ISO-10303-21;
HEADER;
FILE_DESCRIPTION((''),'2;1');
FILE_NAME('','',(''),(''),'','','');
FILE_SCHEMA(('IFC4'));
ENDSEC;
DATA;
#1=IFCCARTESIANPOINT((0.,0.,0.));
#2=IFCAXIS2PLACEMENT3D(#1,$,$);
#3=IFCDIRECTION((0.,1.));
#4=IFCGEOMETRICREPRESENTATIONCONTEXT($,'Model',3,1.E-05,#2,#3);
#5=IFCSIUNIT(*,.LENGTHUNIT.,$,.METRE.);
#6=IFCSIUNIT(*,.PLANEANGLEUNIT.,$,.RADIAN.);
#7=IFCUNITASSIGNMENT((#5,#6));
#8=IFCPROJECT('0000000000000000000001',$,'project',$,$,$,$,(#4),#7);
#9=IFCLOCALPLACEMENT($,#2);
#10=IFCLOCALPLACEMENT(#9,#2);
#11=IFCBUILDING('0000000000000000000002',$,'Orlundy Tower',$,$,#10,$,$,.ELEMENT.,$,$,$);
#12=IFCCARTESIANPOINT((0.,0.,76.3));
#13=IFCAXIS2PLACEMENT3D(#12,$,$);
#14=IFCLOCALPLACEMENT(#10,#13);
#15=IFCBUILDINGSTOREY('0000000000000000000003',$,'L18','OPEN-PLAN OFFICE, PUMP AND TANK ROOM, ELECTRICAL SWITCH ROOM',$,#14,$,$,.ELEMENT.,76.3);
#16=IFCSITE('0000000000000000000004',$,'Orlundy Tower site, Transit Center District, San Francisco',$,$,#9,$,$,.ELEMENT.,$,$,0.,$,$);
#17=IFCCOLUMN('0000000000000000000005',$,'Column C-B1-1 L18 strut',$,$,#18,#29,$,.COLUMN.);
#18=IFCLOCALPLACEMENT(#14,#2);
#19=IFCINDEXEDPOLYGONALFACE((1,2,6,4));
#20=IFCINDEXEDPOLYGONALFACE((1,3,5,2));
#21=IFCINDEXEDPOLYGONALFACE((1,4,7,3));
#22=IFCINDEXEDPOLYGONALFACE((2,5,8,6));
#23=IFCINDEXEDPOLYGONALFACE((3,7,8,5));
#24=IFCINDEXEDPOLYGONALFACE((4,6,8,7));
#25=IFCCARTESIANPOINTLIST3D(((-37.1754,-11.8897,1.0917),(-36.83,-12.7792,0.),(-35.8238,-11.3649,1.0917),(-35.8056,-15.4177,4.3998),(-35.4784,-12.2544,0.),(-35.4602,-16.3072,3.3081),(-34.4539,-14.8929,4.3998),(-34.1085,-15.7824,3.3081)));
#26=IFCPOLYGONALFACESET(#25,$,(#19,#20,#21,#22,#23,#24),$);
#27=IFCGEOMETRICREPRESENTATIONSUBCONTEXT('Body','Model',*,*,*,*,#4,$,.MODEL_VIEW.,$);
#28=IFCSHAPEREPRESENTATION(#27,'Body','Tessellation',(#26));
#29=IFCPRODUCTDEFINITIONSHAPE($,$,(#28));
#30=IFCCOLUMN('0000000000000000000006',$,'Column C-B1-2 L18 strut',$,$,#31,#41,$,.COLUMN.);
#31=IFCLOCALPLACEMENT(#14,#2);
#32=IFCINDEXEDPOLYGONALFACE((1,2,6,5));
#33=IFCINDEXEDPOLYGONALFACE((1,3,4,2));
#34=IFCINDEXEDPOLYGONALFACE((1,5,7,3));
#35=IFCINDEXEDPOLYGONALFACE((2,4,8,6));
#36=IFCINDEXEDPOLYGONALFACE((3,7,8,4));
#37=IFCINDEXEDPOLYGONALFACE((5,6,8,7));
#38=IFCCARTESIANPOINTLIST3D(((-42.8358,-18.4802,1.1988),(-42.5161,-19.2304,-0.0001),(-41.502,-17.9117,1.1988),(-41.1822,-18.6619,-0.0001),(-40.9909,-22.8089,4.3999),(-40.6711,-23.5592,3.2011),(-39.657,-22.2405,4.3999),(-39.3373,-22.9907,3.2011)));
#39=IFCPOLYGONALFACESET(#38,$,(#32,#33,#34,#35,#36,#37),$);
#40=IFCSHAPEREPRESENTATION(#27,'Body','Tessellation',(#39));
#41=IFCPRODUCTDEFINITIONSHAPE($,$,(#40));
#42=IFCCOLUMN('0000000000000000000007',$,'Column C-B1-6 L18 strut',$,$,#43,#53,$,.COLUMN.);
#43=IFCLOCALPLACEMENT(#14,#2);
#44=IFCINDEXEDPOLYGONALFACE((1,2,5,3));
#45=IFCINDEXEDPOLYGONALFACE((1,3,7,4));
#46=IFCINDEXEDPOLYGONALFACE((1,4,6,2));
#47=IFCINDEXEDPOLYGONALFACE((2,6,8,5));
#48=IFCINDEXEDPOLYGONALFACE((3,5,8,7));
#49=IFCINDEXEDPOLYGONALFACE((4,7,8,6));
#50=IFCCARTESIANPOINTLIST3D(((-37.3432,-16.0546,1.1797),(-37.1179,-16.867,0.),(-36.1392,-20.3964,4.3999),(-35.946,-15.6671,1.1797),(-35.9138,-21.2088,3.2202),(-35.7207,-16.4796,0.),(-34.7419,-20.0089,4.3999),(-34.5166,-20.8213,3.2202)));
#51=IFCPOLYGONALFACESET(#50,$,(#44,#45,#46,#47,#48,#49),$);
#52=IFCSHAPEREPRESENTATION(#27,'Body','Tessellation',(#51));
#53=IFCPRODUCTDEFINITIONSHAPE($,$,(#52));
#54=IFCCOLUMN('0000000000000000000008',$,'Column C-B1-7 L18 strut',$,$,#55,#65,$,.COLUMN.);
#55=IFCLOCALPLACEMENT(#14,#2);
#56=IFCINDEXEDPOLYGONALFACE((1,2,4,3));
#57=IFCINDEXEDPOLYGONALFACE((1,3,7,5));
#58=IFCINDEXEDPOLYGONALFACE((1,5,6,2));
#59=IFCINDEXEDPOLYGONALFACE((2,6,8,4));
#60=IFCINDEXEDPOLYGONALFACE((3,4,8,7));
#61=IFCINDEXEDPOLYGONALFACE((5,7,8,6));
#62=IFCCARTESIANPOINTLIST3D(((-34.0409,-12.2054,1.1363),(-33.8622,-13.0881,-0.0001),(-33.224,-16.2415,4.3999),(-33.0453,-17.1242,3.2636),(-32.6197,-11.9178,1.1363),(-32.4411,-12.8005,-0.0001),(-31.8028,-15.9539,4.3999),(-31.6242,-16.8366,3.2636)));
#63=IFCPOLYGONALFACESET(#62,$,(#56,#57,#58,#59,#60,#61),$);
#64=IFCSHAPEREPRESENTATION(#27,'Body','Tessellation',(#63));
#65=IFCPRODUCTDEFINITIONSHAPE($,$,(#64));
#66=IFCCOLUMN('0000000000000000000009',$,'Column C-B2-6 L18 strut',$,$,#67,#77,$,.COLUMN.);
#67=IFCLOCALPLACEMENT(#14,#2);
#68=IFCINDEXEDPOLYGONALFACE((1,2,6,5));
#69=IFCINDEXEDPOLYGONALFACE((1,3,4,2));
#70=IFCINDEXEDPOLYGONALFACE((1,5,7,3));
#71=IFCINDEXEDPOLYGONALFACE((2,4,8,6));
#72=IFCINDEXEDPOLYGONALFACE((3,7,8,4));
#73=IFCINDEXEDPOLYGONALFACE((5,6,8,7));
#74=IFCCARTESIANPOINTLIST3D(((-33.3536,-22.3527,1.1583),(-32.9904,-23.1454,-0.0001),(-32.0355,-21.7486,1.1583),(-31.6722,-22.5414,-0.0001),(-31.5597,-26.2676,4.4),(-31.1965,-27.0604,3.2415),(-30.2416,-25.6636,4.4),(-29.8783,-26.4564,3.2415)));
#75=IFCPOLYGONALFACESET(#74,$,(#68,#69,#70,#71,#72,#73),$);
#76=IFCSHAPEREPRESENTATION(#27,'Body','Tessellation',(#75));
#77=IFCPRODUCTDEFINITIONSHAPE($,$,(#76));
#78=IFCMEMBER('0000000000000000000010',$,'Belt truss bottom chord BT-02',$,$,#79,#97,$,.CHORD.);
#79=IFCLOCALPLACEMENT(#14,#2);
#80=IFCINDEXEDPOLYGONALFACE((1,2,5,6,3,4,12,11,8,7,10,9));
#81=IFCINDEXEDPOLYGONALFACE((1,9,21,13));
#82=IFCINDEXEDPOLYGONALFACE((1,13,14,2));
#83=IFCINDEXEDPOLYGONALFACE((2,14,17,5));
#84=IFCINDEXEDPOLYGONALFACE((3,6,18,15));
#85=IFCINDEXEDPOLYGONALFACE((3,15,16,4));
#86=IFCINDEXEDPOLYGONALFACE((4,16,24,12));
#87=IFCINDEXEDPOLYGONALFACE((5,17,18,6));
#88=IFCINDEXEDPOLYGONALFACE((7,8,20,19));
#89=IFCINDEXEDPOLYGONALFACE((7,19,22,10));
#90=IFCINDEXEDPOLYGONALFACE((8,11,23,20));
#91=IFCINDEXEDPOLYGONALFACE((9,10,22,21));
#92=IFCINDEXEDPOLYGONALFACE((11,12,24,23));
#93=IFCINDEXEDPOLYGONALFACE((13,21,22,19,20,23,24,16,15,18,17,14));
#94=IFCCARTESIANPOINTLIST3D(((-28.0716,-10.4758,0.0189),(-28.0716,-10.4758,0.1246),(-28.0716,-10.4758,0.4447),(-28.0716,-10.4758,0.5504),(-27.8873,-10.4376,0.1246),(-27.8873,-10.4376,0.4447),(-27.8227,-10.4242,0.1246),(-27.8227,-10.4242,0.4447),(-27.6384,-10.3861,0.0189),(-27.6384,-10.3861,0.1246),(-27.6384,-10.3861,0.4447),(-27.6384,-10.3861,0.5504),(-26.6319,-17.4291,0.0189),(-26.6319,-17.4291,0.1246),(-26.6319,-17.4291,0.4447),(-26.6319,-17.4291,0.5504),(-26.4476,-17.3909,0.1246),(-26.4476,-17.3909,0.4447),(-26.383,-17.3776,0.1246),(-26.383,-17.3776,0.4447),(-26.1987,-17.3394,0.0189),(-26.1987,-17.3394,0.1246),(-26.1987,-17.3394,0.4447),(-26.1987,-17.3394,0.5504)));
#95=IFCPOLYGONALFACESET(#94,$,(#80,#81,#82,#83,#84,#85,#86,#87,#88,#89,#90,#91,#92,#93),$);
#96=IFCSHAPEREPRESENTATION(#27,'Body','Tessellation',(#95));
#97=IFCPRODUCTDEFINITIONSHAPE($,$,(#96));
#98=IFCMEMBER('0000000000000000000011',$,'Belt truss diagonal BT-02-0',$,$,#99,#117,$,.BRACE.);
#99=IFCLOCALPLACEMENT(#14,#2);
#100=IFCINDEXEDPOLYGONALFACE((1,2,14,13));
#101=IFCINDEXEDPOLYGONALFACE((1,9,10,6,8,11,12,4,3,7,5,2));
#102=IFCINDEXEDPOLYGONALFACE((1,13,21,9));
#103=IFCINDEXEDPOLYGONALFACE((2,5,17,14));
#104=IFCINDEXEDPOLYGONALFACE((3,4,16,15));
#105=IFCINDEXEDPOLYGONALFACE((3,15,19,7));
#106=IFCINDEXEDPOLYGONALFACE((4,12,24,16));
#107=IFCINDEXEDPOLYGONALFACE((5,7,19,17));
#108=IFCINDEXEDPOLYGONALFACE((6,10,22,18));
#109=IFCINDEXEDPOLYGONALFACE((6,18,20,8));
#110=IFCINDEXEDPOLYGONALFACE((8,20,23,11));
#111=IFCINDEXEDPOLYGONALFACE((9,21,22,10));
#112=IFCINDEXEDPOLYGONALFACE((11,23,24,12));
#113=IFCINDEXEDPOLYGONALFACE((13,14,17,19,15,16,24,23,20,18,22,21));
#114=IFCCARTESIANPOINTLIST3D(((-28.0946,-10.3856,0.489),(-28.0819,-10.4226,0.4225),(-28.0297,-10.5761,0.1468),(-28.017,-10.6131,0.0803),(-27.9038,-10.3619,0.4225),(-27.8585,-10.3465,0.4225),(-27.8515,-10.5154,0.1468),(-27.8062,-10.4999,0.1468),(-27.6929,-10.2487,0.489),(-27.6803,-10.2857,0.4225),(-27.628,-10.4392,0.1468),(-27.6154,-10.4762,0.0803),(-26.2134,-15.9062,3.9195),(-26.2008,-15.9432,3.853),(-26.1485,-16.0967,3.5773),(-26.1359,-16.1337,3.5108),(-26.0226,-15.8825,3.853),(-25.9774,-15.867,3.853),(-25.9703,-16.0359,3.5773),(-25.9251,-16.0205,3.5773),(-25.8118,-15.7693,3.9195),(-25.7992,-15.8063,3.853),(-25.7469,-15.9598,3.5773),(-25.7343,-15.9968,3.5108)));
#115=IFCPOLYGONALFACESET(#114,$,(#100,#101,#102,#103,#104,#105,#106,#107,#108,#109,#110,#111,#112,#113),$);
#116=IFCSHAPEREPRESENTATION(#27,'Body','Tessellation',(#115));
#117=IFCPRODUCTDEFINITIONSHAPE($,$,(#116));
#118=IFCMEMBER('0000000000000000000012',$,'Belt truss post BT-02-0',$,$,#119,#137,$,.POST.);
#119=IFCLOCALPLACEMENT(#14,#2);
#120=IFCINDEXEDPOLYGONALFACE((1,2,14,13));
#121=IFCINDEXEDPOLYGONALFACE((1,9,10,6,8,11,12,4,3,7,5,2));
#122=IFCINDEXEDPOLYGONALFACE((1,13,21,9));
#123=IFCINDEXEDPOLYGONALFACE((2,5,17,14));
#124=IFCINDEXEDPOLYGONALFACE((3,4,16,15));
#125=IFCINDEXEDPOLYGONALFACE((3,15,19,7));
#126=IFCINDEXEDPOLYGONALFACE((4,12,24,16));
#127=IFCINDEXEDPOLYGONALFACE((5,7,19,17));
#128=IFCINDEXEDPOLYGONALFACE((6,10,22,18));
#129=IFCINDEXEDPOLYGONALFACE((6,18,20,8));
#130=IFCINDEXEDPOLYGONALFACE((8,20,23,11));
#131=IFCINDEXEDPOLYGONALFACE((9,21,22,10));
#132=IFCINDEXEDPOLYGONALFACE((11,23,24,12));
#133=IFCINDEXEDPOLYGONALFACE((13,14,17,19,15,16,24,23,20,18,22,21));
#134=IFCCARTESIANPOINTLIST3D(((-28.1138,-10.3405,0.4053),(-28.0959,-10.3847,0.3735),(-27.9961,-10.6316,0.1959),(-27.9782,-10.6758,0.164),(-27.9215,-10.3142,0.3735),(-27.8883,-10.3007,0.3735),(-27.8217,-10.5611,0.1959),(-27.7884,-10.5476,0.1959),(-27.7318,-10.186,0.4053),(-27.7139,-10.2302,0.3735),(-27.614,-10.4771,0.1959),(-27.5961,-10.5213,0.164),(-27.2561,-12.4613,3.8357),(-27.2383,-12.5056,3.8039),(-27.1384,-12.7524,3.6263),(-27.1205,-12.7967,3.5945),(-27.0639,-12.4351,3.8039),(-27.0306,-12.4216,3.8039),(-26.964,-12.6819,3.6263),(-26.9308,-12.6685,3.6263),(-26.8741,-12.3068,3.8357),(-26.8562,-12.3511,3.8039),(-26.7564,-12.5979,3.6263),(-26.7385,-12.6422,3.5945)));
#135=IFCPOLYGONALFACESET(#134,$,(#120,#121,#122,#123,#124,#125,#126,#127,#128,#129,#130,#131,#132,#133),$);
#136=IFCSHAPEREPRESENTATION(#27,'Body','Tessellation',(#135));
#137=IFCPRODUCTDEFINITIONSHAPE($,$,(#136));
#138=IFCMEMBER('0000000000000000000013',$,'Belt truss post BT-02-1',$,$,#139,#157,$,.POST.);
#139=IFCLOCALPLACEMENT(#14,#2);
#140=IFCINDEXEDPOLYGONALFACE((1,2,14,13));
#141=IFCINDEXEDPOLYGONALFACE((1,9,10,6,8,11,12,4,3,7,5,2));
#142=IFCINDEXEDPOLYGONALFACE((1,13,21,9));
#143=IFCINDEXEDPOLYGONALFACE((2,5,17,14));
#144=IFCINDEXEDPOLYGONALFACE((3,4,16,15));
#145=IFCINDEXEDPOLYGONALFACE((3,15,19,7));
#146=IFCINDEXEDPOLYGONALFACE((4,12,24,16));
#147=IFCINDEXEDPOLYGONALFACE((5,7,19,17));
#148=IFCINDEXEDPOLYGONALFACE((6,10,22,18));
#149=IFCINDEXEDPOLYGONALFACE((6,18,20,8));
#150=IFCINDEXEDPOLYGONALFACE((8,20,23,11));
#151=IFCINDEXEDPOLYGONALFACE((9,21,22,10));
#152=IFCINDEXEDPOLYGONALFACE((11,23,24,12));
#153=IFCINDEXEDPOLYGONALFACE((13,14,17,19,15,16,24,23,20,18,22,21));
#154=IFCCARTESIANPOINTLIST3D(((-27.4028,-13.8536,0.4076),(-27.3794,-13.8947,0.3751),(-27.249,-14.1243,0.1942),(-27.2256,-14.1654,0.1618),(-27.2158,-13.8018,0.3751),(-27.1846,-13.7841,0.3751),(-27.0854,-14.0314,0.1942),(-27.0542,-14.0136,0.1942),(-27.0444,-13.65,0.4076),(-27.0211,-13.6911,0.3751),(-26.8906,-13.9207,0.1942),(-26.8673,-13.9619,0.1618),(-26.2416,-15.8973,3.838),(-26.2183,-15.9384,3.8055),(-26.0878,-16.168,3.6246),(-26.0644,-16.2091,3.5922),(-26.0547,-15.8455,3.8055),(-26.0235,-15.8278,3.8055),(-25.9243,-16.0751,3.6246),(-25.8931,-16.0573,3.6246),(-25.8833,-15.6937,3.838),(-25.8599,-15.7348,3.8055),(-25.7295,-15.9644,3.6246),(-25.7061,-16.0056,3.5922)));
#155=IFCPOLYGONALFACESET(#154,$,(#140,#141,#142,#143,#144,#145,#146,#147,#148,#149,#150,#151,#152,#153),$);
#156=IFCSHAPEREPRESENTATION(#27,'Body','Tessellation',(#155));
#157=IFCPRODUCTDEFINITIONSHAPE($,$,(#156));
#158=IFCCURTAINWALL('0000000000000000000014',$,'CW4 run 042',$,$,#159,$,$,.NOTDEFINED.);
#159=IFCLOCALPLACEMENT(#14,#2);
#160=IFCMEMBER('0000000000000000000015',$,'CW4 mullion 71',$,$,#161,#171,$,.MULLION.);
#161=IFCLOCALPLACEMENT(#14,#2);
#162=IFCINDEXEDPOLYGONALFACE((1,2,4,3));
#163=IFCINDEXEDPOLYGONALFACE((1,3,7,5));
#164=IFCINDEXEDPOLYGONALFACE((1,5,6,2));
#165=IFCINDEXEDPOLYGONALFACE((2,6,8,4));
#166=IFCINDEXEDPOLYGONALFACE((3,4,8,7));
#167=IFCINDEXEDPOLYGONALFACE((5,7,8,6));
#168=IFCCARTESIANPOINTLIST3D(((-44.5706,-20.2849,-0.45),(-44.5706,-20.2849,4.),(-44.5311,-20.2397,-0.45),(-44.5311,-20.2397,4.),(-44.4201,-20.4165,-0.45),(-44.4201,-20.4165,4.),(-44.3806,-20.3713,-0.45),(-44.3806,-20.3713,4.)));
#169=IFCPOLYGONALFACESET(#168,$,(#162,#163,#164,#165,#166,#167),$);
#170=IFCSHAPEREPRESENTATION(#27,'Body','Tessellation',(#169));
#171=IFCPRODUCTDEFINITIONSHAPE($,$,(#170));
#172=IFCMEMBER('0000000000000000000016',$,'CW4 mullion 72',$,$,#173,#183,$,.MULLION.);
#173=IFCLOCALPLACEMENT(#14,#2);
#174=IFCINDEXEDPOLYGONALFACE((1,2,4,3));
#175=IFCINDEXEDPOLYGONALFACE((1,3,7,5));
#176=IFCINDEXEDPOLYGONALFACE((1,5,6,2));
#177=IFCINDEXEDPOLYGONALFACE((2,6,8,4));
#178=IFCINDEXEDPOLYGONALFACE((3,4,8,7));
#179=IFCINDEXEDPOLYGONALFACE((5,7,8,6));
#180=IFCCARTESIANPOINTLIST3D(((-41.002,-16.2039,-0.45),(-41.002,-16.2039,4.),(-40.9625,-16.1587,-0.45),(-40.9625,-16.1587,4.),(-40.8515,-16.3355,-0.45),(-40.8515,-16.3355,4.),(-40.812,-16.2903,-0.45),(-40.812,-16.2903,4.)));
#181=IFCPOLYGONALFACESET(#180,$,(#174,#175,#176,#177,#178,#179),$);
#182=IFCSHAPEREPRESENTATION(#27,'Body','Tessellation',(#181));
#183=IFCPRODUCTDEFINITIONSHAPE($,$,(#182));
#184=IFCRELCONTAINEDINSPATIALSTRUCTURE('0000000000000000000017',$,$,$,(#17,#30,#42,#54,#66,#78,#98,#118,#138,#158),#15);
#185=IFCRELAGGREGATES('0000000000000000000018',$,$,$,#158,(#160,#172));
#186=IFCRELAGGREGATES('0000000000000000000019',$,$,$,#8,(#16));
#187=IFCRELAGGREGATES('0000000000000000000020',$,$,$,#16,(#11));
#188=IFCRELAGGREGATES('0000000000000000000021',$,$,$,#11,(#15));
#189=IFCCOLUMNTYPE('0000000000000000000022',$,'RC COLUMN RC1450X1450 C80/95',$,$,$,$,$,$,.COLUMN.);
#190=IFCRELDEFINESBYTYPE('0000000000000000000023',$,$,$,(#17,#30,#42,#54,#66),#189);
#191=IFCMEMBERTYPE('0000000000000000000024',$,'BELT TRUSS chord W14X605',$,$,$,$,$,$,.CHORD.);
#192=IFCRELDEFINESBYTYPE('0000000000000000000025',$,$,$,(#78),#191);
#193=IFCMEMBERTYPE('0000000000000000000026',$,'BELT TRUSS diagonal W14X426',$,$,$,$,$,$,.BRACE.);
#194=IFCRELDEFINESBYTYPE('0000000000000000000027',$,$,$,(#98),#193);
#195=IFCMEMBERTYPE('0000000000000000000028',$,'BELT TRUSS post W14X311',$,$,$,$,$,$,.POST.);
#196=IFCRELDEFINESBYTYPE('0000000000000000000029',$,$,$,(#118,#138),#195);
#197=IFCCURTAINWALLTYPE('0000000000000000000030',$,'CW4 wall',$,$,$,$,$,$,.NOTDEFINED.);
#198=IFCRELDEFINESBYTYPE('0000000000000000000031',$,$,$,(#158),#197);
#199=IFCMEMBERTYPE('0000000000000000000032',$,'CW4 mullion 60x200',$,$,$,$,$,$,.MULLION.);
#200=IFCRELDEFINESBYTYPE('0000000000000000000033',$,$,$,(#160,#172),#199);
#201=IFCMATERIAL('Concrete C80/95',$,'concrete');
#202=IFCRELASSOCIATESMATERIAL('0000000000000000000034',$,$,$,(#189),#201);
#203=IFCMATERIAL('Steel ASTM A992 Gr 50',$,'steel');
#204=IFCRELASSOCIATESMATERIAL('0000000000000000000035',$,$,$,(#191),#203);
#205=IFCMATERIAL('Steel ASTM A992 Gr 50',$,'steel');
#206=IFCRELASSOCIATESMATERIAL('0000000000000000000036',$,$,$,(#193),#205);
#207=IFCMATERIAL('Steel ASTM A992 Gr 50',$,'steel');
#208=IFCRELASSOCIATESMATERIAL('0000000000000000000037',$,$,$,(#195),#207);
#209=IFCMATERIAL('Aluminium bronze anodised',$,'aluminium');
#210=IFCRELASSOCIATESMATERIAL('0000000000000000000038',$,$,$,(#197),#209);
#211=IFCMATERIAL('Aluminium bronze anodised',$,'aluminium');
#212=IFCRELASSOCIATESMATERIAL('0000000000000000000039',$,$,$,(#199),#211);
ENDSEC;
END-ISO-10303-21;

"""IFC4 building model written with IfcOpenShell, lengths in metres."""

from ifc_helpers import new_model, si_unit, direction, frame, origin, origin_2d, place, context, subcontext, project, spatial, rectangle, i_section, extrude, material, material_profile, profile_set, type_object, element, aggregate, save


model = new_model("IFC4")

# Units and contexts
model_context = context("Model", 3, precision=1e-05, world=origin(), true_north=direction((0.0, 1.0)))
body_context = subcontext(model_context, "Body", "Model", "MODEL_VIEW")
ifc_project = project(units=[si_unit("LENGTHUNIT", "METRE"), si_unit("PLANEANGLEUNIT", "RADIAN")], contexts=[model_context])

# Site, building, storey
site_placement = place(None, origin())
site = spatial("IfcSite", under=ifc_project, at=site_placement, Name="Orlundy Tower site, Transit Center District, San Francisco", CompositionType="ELEMENT", RefElevation=0.0)
building_placement = place(site_placement, origin())
building = spatial("IfcBuilding", under=site, at=building_placement, Name="Orlundy Tower", CompositionType="ELEMENT")
storey_placement = place(building_placement, frame((0.0, 0.0, 76.3)))
storey = spatial("IfcBuildingStorey", under=building, at=storey_placement, Name="L18", Description="OPEN-PLAN OFFICE, PUMP AND TANK ROOM, ELECTRICAL SWITCH ROOM", CompositionType="ELEMENT", Elevation=76.3)

# Columns
ifc_material_1 = material(Name="Concrete C80/95", Category="concrete")
ifc_material_profile_1 = material_profile(ifc_material_1, rectangle(XDim=1.45, YDim=1.45, at=origin_2d()), Name="RC1450X1450")
ifc_profile_set_1 = profile_set([ifc_material_profile_1], Name="Concrete C80/95")
column_type = type_object("IfcColumnType", Name="RC COLUMN RC1450X1450 C80/95", PredefinedType="COLUMN", material=ifc_profile_set_1)
column_1_placement = place(storey_placement, frame((-36.3269, -12.072, 0.5459), z_axis=(0.272521, -0.701871, 0.65811), x_axis=(0.932197, 0.361951, 0.0)))
element("IfcColumn", 1, at=column_1_placement, inside=storey, type_object=column_type, Name="Column C-B1-1 L18 strut", PredefinedType="COLUMN", context=body_context, shape_type="SweptSolid", body=[
    extrude(rectangle(XDim=1.45, YDim=1.45, at=origin_2d()), origin(), (0.0, 0.0, 1.0), 5.0266),
])
column_2_placement = place(storey_placement, frame((-42.009, -18.571, 0.5994), z_axis=(0.324176, -0.760615, 0.562472), x_axis=(0.919932, 0.392078, 0.0)))
element("IfcColumn", 2, at=column_2_placement, inside=storey, type_object=column_type, Name="Column C-B1-2 L18 strut", PredefinedType="COLUMN", context=body_context, shape_type="SweptSolid", body=[
    extrude(rectangle(XDim=1.45, YDim=1.45, at=origin_2d()), origin(), (0.0, 0.0, 1.0), 5.6912),
])
column_3_placement = place(storey_placement, frame((-36.532, -16.2671, 0.5898), z_axis=(0.21742, -0.783983, 0.581463), x_axis=(0.96363, 0.267241, 0.0)))
element("IfcColumn", 3, at=column_3_placement, inside=storey, type_object=column_type, Name="Column C-B1-6 L18 strut", PredefinedType="COLUMN", context=body_context, shape_type="SweptSolid", body=[
    extrude(rectangle(XDim=1.45, YDim=1.45, at=origin_2d()), origin(), (0.0, 0.0, 1.0), 5.5381),
])
column_4_placement = place(storey_placement, frame((-33.241, -12.5029, 0.5681), z_axis=(0.155467, -0.768136, 0.621125), x_axis=(0.980127, 0.198373, 0.0)))
element("IfcColumn", 4, at=column_4_placement, inside=storey, type_object=column_type, Name="Column C-B1-7 L18 strut", PredefinedType="COLUMN", context=body_context, shape_type="SweptSolid", body=[
    extrude(rectangle(XDim=1.45, YDim=1.45, at=origin_2d()), origin(), (0.0, 0.0, 1.0), 5.2544),
])
column_5_placement = place(storey_placement, frame((-32.5129, -22.447, 0.5791), z_axis=(0.332815, -0.726324, 0.601405), x_axis=(0.909104, 0.416569, 0.0)))
element("IfcColumn", 5, at=column_5_placement, inside=storey, type_object=column_type, Name="Column C-B2-6 L18 strut", PredefinedType="COLUMN", context=body_context, shape_type="SweptSolid", body=[
    extrude(rectangle(XDim=1.45, YDim=1.45, at=origin_2d()), origin(), (0.0, 0.0, 1.0), 5.3901),
])

# Members
ifc_material_2 = material(Name="Steel ASTM A992 Gr 50", Category="steel")
ifc_material_profile_2 = material_profile(ifc_material_2, i_section(OverallWidth=0.4424, OverallDepth=0.5315, WebThickness=0.0659, FlangeThickness=0.1057, at=origin_2d()), Name="W14X605")
ifc_profile_set_2 = profile_set([ifc_material_profile_2], Name="Steel ASTM A992 Gr 50")
member_type_1 = type_object("IfcMemberType", Name="BELT TRUSS chord W14X605", PredefinedType="CHORD", material=ifc_profile_set_2)
member_1_placement = place(storey_placement, frame((-27.855, -10.4309, 0.2847), z_axis=(0.20275, -0.979231, 0.0), x_axis=(0.979231, 0.20275, 0.0)))
element("IfcMember", 6, at=member_1_placement, inside=storey, type_object=member_type_1, Name="Belt truss bottom chord BT-02", PredefinedType="CHORD", context=body_context, shape_type="SweptSolid", body=[
    extrude(i_section(OverallWidth=0.4424, OverallDepth=0.5315, WebThickness=0.0659, FlangeThickness=0.1057, at=origin_2d()), origin(), (0.0, 0.0, 1.0), 7.1008),
])
ifc_material_3 = material(Name="Steel ASTM A992 Gr 50", Category="steel")
ifc_material_profile_3 = material_profile(ifc_material_3, i_section(OverallWidth=0.4243, OverallDepth=0.4741, WebThickness=0.0479, FlangeThickness=0.0771, at=origin_2d()), Name="W14X426")
ifc_profile_set_3 = profile_set([ifc_material_profile_3], Name="Steel ASTM A992 Gr 50")
member_type_2 = type_object("IfcMemberType", Name="BELT TRUSS diagonal W14X426", PredefinedType="BRACE", material=ifc_profile_set_3)
member_2_placement = place(storey_placement, frame((-27.855, -10.4309, 0.2847), z_axis=(0.278012, -0.815887, 0.506989), x_axis=(0.946557, 0.322538, 0.0)))
element("IfcMember", 7, at=member_2_placement, inside=storey, type_object=member_type_2, Name="Belt truss diagonal BT-02-0", PredefinedType="BRACE", context=body_context, shape_type="SweptSolid", body=[
    extrude(i_section(OverallWidth=0.4243, OverallDepth=0.4741, WebThickness=0.0479, FlangeThickness=0.0771, at=origin_2d()), origin(), (0.0, 0.0, 1.0), 6.7664),
])
ifc_material_4 = material(Name="Steel ASTM A992 Gr 50", Category="steel")
ifc_material_profile_4 = material_profile(ifc_material_4, i_section(OverallWidth=0.4121, OverallDepth=0.4348, WebThickness=0.0359, FlangeThickness=0.0574, at=origin_2d()), Name="W14X311")
ifc_profile_set_4 = profile_set([ifc_material_profile_4], Name="Steel ASTM A992 Gr 50")
member_type_3 = type_object("IfcMemberType", Name="BELT TRUSS post W14X311", PredefinedType="POST", material=ifc_profile_set_4)
member_3_placement = place(storey_placement, frame((-27.855, -10.4309, 0.2847), z_axis=(0.208006, -0.514361, 0.831965), x_axis=(0.927064, 0.374902, 0.0)))
element("IfcMember", 8, at=member_3_placement, inside=storey, type_object=member_type_3, Name="Belt truss post BT-02-0", PredefinedType="POST", context=body_context, shape_type="SweptSolid", body=[
    extrude(i_section(OverallWidth=0.4121, OverallDepth=0.4348, WebThickness=0.0359, FlangeThickness=0.0574, at=origin_2d()), origin(), (0.0, 0.0, 1.0), 4.1233),
])
member_4_placement = place(storey_placement, frame((-27.135, -13.9077, 0.2847), z_axis=(0.279222, -0.491457, 0.824927), x_axis=(0.869468, 0.49399, 0.0)))
element("IfcMember", 9, at=member_4_placement, inside=storey, type_object=member_type_3, Name="Belt truss post BT-02-1", PredefinedType="POST", context=body_context, shape_type="SweptSolid", body=[
    extrude(i_section(OverallWidth=0.4121, OverallDepth=0.4348, WebThickness=0.0359, FlangeThickness=0.0574, at=origin_2d()), origin(), (0.0, 0.0, 1.0), 4.1584),
])

# Curtain wall, members
ifc_material_5 = material(Name="Aluminium bronze anodised", Category="aluminium")
curtain_wall_type = type_object("IfcCurtainWallType", Name="CW4 wall", PredefinedType="NOTDEFINED", material=ifc_material_5)
curtain_wall_placement = place(storey_placement, origin())
curtain_wall = element("IfcCurtainWall", 10, at=curtain_wall_placement, inside=storey, type_object=curtain_wall_type, Name="CW4 run 042", PredefinedType="NOTDEFINED")
ifc_material_6 = material(Name="Aluminium bronze anodised", Category="aluminium")
ifc_material_profile_5 = material_profile(ifc_material_6, rectangle(XDim=0.2, YDim=0.0601, at=origin_2d()), Name="CW4 mullion 60x200")
ifc_profile_set_5 = profile_set([ifc_material_profile_5], Name="Aluminium bronze anodised")
member_type_4 = type_object("IfcMemberType", Name="CW4 mullion 60x200", PredefinedType="MULLION", material=ifc_profile_set_5)
member_5_placement = place(storey_placement, frame((-44.4756, -20.3281, -0.45), z_axis=(0.0, 0.0, 1.0), x_axis=(-0.752785, 0.658267, 0.0)))
member_5 = element("IfcMember", 11, at=member_5_placement, type_object=member_type_4, Name="CW4 mullion 71", PredefinedType="MULLION", context=body_context, shape_type="SweptSolid", body=[
    extrude(rectangle(XDim=0.2, YDim=0.0601, at=origin_2d()), origin(), (0.0, 0.0, 1.0), 4.45),
])
member_6_placement = place(storey_placement, frame((-40.907, -16.2471, -0.45), z_axis=(0.0, 0.0, 1.0), x_axis=(-0.752785, 0.658267, 0.0)))
member_6 = element("IfcMember", 12, at=member_6_placement, type_object=member_type_4, Name="CW4 mullion 72", PredefinedType="MULLION", context=body_context, shape_type="SweptSolid", body=[
    extrude(rectangle(XDim=0.2, YDim=0.0601, at=origin_2d()), origin(), (0.0, 0.0, 1.0), 4.45),
])

aggregate(curtain_wall, [member_5, member_6])

save(model, "model.ifc")
